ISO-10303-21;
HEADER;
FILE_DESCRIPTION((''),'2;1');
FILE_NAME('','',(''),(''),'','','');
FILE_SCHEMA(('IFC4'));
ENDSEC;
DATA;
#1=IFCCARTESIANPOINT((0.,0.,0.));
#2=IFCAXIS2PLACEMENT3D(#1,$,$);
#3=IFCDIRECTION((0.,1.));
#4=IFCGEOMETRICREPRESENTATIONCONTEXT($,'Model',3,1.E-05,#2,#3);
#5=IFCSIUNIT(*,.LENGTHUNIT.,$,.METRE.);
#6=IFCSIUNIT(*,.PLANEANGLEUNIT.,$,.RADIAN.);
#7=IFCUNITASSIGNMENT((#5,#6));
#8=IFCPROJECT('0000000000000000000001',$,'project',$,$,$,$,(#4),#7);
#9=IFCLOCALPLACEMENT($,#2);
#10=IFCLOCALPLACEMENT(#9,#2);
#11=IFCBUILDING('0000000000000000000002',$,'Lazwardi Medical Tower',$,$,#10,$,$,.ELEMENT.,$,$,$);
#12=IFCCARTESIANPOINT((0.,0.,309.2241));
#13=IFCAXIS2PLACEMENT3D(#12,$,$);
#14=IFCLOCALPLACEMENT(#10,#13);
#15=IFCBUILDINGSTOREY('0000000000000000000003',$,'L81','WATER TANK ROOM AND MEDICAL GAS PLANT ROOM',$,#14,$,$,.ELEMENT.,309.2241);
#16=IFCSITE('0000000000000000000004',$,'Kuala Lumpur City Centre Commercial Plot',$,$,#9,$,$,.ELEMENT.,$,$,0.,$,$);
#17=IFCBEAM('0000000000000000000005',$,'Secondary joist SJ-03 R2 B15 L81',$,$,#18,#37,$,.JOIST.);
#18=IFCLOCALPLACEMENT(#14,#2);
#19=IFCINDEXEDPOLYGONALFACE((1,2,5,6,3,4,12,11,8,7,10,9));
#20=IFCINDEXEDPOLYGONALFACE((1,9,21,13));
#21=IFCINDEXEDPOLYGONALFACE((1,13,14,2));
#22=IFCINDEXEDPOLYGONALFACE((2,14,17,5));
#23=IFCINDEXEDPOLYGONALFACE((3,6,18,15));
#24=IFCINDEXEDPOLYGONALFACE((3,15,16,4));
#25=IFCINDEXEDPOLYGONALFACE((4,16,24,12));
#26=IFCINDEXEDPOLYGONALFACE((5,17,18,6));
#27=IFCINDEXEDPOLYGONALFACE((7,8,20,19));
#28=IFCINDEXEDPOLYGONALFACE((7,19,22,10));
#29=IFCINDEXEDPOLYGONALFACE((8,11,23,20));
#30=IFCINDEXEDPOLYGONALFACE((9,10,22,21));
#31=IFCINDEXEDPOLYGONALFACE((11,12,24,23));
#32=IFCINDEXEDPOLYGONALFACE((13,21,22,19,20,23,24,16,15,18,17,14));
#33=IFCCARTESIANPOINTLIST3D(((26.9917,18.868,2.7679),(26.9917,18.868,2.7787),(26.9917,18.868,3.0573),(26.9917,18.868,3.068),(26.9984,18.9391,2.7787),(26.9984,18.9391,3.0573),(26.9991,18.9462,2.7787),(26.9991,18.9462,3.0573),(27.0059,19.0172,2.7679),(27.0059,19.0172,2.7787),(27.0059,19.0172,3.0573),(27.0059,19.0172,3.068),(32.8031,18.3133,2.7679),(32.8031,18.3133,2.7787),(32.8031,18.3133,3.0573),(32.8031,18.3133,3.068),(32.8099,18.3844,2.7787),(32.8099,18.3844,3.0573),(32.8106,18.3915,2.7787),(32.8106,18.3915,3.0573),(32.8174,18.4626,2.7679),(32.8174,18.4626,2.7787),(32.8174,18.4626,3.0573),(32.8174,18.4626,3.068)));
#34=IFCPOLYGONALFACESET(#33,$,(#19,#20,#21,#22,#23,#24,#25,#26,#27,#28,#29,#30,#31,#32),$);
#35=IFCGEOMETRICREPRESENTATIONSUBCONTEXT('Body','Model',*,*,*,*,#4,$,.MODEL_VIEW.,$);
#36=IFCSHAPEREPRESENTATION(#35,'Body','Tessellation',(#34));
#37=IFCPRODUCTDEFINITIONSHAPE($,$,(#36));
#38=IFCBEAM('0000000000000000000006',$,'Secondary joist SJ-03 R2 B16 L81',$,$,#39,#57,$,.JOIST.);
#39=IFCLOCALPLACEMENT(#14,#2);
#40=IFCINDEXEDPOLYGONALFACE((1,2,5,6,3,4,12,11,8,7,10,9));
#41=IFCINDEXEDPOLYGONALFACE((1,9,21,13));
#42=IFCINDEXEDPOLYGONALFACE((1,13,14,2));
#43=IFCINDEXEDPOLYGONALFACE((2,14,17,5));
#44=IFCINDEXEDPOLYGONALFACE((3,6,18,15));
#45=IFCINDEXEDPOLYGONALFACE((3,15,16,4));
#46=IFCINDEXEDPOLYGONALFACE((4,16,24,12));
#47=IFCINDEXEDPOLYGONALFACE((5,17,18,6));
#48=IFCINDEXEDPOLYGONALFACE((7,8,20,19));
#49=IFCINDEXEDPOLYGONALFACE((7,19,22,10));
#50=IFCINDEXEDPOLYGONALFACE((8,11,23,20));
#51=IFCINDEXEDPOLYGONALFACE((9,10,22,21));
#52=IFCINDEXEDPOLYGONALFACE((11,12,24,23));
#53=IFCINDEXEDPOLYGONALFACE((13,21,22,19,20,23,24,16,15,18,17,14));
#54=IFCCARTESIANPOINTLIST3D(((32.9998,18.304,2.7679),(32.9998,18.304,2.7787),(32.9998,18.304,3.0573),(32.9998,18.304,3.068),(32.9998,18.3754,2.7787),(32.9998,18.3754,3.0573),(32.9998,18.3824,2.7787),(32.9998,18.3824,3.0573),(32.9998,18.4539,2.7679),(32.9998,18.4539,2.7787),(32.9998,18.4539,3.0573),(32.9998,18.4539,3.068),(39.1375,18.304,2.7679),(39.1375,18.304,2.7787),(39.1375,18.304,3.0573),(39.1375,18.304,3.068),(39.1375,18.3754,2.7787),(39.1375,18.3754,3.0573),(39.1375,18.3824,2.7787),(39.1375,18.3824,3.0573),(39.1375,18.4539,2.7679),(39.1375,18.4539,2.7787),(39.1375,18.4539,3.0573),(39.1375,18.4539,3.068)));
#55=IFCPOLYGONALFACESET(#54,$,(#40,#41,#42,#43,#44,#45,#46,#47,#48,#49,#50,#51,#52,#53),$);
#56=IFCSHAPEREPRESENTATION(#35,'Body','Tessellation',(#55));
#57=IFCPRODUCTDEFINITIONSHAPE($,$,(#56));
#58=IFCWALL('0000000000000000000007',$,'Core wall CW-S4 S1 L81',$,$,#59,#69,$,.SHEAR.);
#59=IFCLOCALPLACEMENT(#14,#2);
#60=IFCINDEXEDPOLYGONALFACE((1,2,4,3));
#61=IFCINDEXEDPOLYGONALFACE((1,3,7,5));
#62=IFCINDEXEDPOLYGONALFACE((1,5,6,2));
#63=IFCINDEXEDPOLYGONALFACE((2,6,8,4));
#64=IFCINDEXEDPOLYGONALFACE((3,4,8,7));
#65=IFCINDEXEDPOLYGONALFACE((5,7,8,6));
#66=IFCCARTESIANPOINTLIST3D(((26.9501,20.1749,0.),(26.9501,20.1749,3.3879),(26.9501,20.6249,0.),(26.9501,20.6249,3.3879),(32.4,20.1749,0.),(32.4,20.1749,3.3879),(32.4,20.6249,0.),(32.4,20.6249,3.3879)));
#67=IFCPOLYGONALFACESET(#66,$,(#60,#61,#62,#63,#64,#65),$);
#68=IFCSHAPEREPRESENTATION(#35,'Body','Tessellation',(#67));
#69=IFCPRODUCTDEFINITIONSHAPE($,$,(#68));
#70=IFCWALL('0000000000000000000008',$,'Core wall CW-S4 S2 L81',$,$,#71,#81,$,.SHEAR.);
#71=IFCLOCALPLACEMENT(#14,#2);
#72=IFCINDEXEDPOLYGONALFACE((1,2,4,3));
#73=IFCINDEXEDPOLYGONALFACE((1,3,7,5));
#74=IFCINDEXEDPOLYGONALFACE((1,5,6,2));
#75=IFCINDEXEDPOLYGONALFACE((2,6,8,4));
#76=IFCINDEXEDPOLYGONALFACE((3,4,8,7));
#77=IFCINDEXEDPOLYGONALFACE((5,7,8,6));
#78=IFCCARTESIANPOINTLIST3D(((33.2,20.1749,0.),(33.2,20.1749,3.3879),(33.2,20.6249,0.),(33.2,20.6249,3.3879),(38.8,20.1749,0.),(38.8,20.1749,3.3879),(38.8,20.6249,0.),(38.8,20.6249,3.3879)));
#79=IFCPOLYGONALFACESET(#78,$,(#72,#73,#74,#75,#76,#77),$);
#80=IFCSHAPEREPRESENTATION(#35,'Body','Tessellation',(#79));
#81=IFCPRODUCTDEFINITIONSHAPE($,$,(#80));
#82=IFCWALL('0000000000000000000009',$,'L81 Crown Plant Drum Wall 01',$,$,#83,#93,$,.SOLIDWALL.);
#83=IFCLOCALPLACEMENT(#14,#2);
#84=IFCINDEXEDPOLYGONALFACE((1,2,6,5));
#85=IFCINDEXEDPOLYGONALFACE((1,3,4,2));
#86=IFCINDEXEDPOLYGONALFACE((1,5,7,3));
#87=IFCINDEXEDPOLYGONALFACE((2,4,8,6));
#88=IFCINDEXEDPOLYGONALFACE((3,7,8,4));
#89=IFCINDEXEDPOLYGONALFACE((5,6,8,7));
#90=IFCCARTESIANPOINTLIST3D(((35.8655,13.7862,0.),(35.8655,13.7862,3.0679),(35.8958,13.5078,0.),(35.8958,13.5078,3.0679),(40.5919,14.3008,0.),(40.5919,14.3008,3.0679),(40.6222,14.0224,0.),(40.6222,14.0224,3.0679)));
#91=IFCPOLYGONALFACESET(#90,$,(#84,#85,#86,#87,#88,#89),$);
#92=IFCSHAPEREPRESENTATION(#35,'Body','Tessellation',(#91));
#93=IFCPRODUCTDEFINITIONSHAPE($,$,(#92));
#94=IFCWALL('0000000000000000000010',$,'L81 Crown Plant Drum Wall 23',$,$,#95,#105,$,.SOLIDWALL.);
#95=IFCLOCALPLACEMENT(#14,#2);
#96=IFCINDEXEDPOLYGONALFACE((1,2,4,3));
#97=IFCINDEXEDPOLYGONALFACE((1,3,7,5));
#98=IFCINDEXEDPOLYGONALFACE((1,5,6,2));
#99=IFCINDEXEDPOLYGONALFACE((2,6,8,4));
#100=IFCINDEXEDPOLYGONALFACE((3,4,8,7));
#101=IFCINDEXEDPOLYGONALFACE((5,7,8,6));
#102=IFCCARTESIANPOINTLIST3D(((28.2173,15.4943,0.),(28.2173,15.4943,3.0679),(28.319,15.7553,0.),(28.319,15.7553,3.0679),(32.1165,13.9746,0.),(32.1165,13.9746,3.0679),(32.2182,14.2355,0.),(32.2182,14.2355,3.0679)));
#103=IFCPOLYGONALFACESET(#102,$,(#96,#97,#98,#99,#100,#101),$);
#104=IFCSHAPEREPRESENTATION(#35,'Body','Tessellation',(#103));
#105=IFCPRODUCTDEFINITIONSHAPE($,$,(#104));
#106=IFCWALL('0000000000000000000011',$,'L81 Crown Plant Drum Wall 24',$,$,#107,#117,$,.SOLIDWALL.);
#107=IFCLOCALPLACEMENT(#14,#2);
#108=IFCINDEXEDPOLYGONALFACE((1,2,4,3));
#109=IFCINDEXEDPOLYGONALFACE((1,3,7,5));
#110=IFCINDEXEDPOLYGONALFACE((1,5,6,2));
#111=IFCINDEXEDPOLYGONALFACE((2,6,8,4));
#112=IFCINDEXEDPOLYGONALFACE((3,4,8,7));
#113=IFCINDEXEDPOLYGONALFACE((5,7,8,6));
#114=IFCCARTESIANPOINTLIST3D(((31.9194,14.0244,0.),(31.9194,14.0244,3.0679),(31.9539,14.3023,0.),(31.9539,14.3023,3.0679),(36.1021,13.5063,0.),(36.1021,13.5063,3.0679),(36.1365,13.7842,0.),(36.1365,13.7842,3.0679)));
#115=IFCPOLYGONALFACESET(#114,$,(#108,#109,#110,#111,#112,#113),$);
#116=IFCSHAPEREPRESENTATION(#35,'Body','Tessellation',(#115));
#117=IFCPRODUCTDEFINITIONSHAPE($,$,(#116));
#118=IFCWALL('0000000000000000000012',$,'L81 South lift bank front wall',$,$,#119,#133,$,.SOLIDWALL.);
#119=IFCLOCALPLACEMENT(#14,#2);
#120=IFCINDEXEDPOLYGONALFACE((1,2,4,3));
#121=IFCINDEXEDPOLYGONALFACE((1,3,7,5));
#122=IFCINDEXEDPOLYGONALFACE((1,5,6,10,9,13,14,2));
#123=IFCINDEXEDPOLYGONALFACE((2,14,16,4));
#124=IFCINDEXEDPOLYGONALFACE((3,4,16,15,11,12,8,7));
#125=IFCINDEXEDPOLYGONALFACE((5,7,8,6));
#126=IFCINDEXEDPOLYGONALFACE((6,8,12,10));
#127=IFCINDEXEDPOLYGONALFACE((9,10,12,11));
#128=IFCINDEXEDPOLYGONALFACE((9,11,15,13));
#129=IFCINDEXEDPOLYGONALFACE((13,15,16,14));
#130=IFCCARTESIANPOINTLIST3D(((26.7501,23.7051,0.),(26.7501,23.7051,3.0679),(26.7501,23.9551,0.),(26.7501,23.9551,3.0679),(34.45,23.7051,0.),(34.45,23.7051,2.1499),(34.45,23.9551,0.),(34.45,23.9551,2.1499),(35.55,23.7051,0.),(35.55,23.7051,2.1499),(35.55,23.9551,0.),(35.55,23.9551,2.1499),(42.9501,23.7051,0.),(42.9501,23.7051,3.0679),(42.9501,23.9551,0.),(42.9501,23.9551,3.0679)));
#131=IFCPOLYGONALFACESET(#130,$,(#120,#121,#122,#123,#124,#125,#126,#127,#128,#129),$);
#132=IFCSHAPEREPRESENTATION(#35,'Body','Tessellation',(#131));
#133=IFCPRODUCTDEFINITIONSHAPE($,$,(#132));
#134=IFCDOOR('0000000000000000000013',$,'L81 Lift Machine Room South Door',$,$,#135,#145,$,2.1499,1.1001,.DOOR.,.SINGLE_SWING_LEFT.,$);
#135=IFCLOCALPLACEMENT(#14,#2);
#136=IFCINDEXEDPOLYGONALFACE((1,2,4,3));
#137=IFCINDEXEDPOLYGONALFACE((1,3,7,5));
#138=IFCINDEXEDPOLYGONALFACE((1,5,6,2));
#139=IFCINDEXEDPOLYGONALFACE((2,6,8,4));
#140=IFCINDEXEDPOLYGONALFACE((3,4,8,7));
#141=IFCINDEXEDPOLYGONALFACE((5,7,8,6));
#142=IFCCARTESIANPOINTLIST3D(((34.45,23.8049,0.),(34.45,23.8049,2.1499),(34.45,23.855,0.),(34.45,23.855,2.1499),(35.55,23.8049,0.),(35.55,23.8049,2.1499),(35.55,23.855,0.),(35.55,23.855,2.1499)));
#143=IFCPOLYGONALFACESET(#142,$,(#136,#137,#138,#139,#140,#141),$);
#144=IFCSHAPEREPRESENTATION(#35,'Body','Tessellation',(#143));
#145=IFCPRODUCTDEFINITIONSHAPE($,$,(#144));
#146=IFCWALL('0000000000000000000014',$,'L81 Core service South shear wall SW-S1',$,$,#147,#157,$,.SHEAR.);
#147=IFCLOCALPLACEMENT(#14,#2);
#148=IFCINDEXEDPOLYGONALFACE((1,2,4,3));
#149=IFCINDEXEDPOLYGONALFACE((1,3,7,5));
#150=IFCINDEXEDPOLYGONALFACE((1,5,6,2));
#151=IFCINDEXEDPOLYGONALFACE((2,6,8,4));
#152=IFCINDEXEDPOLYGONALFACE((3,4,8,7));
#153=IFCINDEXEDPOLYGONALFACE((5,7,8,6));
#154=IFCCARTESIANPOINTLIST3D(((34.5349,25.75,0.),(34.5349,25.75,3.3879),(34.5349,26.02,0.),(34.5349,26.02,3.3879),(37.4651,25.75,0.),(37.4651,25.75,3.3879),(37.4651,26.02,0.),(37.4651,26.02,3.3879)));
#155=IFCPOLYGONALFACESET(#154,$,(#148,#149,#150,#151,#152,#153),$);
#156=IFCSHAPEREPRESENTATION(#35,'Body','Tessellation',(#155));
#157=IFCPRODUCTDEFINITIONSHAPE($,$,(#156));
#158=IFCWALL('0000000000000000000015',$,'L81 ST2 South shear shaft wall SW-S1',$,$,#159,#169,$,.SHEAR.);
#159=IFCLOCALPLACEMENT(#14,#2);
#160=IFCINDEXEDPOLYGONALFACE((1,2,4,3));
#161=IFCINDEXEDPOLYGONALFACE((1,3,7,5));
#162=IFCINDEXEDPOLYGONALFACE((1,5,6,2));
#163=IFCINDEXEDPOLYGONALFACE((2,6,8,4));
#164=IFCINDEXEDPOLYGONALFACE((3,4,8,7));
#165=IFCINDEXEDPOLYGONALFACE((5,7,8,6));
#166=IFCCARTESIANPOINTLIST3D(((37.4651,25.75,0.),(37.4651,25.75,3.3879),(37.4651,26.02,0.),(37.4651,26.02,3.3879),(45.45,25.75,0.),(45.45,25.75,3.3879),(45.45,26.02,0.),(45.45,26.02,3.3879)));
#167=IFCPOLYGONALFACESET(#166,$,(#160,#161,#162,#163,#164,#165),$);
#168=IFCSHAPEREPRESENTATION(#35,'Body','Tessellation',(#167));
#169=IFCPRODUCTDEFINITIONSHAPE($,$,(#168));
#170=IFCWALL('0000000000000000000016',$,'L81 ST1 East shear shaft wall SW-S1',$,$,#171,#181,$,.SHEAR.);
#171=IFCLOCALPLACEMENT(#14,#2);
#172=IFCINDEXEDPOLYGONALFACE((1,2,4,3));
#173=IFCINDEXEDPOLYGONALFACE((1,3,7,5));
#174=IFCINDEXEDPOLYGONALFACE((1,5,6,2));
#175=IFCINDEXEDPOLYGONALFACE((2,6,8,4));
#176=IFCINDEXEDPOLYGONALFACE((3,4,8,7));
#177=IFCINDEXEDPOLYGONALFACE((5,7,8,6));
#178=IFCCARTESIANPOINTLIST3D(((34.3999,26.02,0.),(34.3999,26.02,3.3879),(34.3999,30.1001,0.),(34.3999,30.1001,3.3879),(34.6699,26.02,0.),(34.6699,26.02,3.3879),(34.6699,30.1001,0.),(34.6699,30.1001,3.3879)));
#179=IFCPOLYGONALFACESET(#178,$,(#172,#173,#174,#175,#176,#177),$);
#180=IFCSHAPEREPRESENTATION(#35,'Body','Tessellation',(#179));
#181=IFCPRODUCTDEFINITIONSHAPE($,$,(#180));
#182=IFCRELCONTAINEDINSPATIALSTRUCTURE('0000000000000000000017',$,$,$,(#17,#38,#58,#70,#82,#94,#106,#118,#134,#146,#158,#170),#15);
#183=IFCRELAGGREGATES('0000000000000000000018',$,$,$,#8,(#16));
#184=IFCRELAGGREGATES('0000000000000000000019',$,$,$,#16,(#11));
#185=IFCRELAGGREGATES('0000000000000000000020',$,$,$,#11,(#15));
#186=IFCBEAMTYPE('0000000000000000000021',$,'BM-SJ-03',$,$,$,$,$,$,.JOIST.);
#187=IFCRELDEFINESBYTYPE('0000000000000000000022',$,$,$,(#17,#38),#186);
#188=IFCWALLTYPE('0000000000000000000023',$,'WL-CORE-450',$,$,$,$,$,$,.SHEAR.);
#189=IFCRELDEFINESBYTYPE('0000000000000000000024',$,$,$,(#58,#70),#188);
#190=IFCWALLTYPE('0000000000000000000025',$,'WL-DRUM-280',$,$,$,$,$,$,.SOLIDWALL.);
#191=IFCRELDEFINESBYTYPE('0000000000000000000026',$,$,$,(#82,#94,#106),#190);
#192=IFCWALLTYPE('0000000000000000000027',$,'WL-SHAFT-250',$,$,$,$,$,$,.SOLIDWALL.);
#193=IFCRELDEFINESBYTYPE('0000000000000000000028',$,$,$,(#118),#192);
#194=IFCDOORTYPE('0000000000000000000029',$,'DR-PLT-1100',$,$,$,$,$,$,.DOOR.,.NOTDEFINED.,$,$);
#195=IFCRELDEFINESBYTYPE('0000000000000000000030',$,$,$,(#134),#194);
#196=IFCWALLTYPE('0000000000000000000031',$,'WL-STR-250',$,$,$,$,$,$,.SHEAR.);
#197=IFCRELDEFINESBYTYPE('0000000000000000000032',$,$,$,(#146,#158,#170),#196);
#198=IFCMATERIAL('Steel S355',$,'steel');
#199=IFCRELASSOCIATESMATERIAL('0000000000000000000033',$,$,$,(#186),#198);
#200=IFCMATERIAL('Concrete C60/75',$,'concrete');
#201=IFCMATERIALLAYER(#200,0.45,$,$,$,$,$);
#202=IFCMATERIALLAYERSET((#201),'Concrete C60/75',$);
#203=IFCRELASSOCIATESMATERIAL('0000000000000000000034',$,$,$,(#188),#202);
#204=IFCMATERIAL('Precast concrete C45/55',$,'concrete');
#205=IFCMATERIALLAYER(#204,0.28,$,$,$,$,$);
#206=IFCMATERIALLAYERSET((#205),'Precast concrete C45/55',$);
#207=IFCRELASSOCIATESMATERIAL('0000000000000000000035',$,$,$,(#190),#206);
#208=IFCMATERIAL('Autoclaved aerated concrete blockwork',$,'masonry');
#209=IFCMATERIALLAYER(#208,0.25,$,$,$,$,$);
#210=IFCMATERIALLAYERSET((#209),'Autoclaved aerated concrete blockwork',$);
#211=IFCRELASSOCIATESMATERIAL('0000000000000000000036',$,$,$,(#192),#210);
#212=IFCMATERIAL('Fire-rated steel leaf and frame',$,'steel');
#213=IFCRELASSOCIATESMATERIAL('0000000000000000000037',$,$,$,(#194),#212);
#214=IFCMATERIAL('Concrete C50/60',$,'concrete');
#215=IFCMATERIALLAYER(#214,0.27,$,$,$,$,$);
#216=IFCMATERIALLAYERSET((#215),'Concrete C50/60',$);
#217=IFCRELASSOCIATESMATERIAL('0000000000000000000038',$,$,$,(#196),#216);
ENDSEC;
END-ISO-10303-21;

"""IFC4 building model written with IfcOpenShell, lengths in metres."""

from ifc_helpers import new_model, si_unit, direction, frame, frame_2d, origin, origin_2d, place, context, subcontext, project, spatial, rectangle, i_section, extrude, material, layer, layer_set, material_profile, profile_set, type_object, element, fill, save


model = new_model("IFC4")

# Units and contexts
model_context = context("Model", 3, precision=1e-05, world=origin(), true_north=direction((0.0, 1.0)))
body_context = subcontext(model_context, "Body", "Model", "MODEL_VIEW")
ifc_project = project(units=[si_unit("LENGTHUNIT", "METRE"), si_unit("PLANEANGLEUNIT", "RADIAN")], contexts=[model_context])

# Site, building, storey
site_placement = place(None, origin())
site = spatial("IfcSite", under=ifc_project, at=site_placement, Name="Kuala Lumpur City Centre Commercial Plot", CompositionType="ELEMENT", RefElevation=0.0)
building_placement = place(site_placement, origin())
building = spatial("IfcBuilding", under=site, at=building_placement, Name="Lazwardi Medical Tower", CompositionType="ELEMENT")
storey_placement = place(building_placement, frame((0.0, 0.0, 309.2241)))
storey = spatial("IfcBuildingStorey", under=building, at=storey_placement, Name="L81", Description="WATER TANK ROOM AND MEDICAL GAS PLANT ROOM", CompositionType="ELEMENT", Elevation=309.2241)

# Shared definitions
ifc_material_1 = material(Name="Concrete C60/75", Category="concrete")

# Beams
ifc_material_2 = material(Name="Steel S355", Category="steel")
ifc_material_profile_1 = material_profile(ifc_material_2, i_section(OverallWidth=0.1499, OverallDepth=0.3, WebThickness=0.0071, FlangeThickness=0.0107, at=origin_2d()), Name="IPE 300")
ifc_profile_set_1 = profile_set([ifc_material_profile_1], Name="Steel S355")
beam_type_1 = type_object("IfcBeamType", Name="BM-SJ-03", PredefinedType="JOIST", material=ifc_profile_set_1)
beam_1_placement = place(storey_placement, frame((26.9988, 18.9426, 2.918), z_axis=(0.995476, -0.095014, 0.0), x_axis=(0.095014, 0.995476, 0.0)))
element("IfcBeam", 1, at=beam_1_placement, inside=storey, type_object=beam_type_1, Name="Secondary joist SJ-03 R2 B15 L81", PredefinedType="JOIST", context=body_context, shape_type="SweptSolid", body=[
    extrude(i_section(OverallWidth=0.1499, OverallDepth=0.3, WebThickness=0.0071, FlangeThickness=0.0107, at=origin_2d()), origin(), (0.0, 0.0, 1.0), 5.8379),
])
beam_2_placement = place(storey_placement, frame((32.9998, 18.3789, 2.918), z_axis=(1.0, 0.0, 0.0), x_axis=(0.0, 1.0, 0.0)))
element("IfcBeam", 2, at=beam_2_placement, inside=storey, type_object=beam_type_1, Name="Secondary joist SJ-03 R2 B16 L81", PredefinedType="JOIST", context=body_context, shape_type="SweptSolid", body=[
    extrude(i_section(OverallWidth=0.1499, OverallDepth=0.3, WebThickness=0.0071, FlangeThickness=0.0107, at=origin_2d()), origin(), (0.0, 0.0, 1.0), 6.1377),
])

# Walls
ifc_layer_1 = layer(ifc_material_1, 0.45)
ifc_layer_set_1 = layer_set([ifc_layer_1], Name="Concrete C60/75")
wall_type_1 = type_object("IfcWallType", Name="WL-CORE-450", PredefinedType="SHEAR", material=ifc_layer_set_1)
wall_1_placement = place(storey_placement, frame((26.95, 20.3999, 0.0), z_axis=(0.0, 0.0, 1.0), x_axis=(1.0, 0.0, 0.0)))
element("IfcWall", 3, at=wall_1_placement, inside=storey, type_object=wall_type_1, Name="Core wall CW-S4 S1 L81", PredefinedType="SHEAR", context=body_context, shape_type="SweptSolid", body=[
    extrude(rectangle(XDim=5.45, YDim=0.45, at=frame_2d((2.7251, 0.0))), origin(), (0.0, 0.0, 1.0), 3.3879),
])
wall_2_placement = place(storey_placement, frame((33.2, 20.3999, 0.0), z_axis=(0.0, 0.0, 1.0), x_axis=(1.0, 0.0, 0.0)))
element("IfcWall", 4, at=wall_2_placement, inside=storey, type_object=wall_type_1, Name="Core wall CW-S4 S2 L81", PredefinedType="SHEAR", context=body_context, shape_type="SweptSolid", body=[
    extrude(rectangle(XDim=5.6001, YDim=0.45, at=frame_2d((2.8, 0.0))), origin(), (0.0, 0.0, 1.0), 3.3879),
])
ifc_material_3 = material(Name="Precast concrete C45/55", Category="concrete")
ifc_layer_2 = layer(ifc_material_3, 0.28)
ifc_layer_set_2 = layer_set([ifc_layer_2], Name="Precast concrete C45/55")
wall_type_2 = type_object("IfcWallType", Name="WL-DRUM-280", PredefinedType="SOLIDWALL", material=ifc_layer_set_2)
wall_3_placement = place(storey_placement, frame((35.8806, 13.647, 0.0), z_axis=(0.0, 0.0, 1.0), x_axis=(0.994124, 0.108245, 0.0)))
element("IfcWall", 5, at=wall_3_placement, inside=storey, type_object=wall_type_2, Name="L81 Crown Plant Drum Wall 01", PredefinedType="SOLIDWALL", context=body_context, shape_type="SweptSolid", body=[
    extrude(rectangle(XDim=4.7544, YDim=0.28, at=frame_2d((2.3772, 0.0))), origin(), (0.0, 0.0, 1.0), 3.0679),
])
wall_4_placement = place(storey_placement, frame((28.2683, 15.6248, 0.0), z_axis=(0.0, 0.0, 1.0), x_axis=(0.931727, -0.363158, 0.0)))
element("IfcWall", 6, at=wall_4_placement, inside=storey, type_object=wall_type_2, Name="L81 Crown Plant Drum Wall 23", PredefinedType="SOLIDWALL", context=body_context, shape_type="SweptSolid", body=[
    extrude(rectangle(XDim=4.1848, YDim=0.28, at=frame_2d((2.0923, 0.0))), origin(), (0.0, 0.0, 1.0), 3.0679),
])
wall_5_placement = place(storey_placement, frame((31.9365, 14.1633, 0.0), z_axis=(0.0, 0.0, 1.0), x_axis=(0.992416, -0.122922, 0.0)))
element("IfcWall", 7, at=wall_5_placement, inside=storey, type_object=wall_type_2, Name="L81 Crown Plant Drum Wall 24", PredefinedType="SOLIDWALL", context=body_context, shape_type="SweptSolid", body=[
    extrude(rectangle(XDim=4.2146, YDim=0.28, at=frame_2d((2.1074, 0.0))), origin(), (0.0, 0.0, 1.0), 3.0679),
])

# Wall, opening, door
ifc_material_4 = material(Name="Autoclaved aerated concrete blockwork", Category="masonry")
ifc_layer_3 = layer(ifc_material_4, 0.25)
ifc_layer_set_3 = layer_set([ifc_layer_3], Name="Autoclaved aerated concrete blockwork")
wall_type_3 = type_object("IfcWallType", Name="WL-SHAFT-250", PredefinedType="SOLIDWALL", material=ifc_layer_set_3)
wall_6_placement = place(storey_placement, frame((26.75, 23.8301, 0.0), z_axis=(0.0, 0.0, 1.0), x_axis=(1.0, 0.0, 0.0)))
wall_6 = element("IfcWall", 8, at=wall_6_placement, inside=storey, type_object=wall_type_3, Name="L81 South lift bank front wall", PredefinedType="SOLIDWALL", context=body_context, shape_type="SweptSolid", body=[
    extrude(rectangle(XDim=16.2, YDim=0.25, at=frame_2d((8.1001, 0.0))), origin(), (0.0, 0.0, 1.0), 3.0679),
])
opening_placement = place(wall_6_placement, frame((7.7, 0.0, 0.0)))
opening = element("IfcOpeningElement", 9, at=opening_placement, cuts=wall_6, PredefinedType="OPENING", context=body_context, shape_type="SweptSolid", body=[
    extrude(rectangle(XDim=1.1001, YDim=2.1499, at=frame_2d((0.55, 1.075))), frame((0.0, 0.135, 0.0), z_axis=(0.0, -1.0, 0.0), x_axis=(1.0, 0.0, 0.0)), (0.0, 0.0, 1.0), 0.27),
])
ifc_material_5 = material(Name="Fire-rated steel leaf and frame", Category="steel")
door_type = type_object("IfcDoorType", Name="DR-PLT-1100", OperationType="NOTDEFINED", PredefinedType="DOOR", material=ifc_material_5)
door_placement = place(opening_placement, origin())
door = element("IfcDoor", 10, at=door_placement, inside=storey, type_object=door_type, Name="L81 Lift Machine Room South Door", OperationType="SINGLE_SWING_LEFT", OverallHeight=2.1499, OverallWidth=1.1001, PredefinedType="DOOR", context=body_context, shape_type="SweptSolid", body=[
    extrude(rectangle(XDim=1.1001, YDim=2.1499, at=frame_2d((0.55, 1.075))), frame((0.0, 0.0249, 0.0), z_axis=(0.0, -1.0, 0.0), x_axis=(1.0, 0.0, 0.0)), (0.0, 0.0, 1.0), 0.05),
])
fill(opening, door)

# Walls
ifc_material_6 = material(Name="Concrete C50/60", Category="concrete")
ifc_layer_4 = layer(ifc_material_6, 0.27)
ifc_layer_set_4 = layer_set([ifc_layer_4], Name="Concrete C50/60")
wall_type_4 = type_object("IfcWallType", Name="WL-STR-250", PredefinedType="SHEAR", material=ifc_layer_set_4)
wall_7_placement = place(storey_placement, frame((34.5349, 25.885, 0.0), z_axis=(0.0, 0.0, 1.0), x_axis=(1.0, 0.0, 0.0)))
element("IfcWall", 11, at=wall_7_placement, inside=storey, type_object=wall_type_4, Name="L81 Core service South shear wall SW-S1", PredefinedType="SHEAR", context=body_context, shape_type="SweptSolid", body=[
    extrude(rectangle(XDim=2.9302, YDim=0.27, at=frame_2d((1.4651, 0.0))), origin(), (0.0, 0.0, 1.0), 3.3879),
])
wall_8_placement = place(storey_placement, frame((37.4651, 25.885, 0.0), z_axis=(0.0, 0.0, 1.0), x_axis=(1.0, 0.0, 0.0)))
element("IfcWall", 12, at=wall_8_placement, inside=storey, type_object=wall_type_4, Name="L81 ST2 South shear shaft wall SW-S1", PredefinedType="SHEAR", context=body_context, shape_type="SweptSolid", body=[
    extrude(rectangle(XDim=7.9849, YDim=0.27, at=frame_2d((3.9924, 0.0))), origin(), (0.0, 0.0, 1.0), 3.3879),
])
wall_9_placement = place(storey_placement, frame((34.5349, 26.02, 0.0), z_axis=(0.0, 0.0, 1.0), x_axis=(0.0, 1.0, 0.0)))
element("IfcWall", 13, at=wall_9_placement, inside=storey, type_object=wall_type_4, Name="L81 ST1 East shear shaft wall SW-S1", PredefinedType="SHEAR", context=body_context, shape_type="SweptSolid", body=[
    extrude(rectangle(XDim=4.0801, YDim=0.27, at=frame_2d((2.04, 0.0))), origin(), (0.0, 0.0, 1.0), 3.3879),
])

save(model, "model.ifc")
